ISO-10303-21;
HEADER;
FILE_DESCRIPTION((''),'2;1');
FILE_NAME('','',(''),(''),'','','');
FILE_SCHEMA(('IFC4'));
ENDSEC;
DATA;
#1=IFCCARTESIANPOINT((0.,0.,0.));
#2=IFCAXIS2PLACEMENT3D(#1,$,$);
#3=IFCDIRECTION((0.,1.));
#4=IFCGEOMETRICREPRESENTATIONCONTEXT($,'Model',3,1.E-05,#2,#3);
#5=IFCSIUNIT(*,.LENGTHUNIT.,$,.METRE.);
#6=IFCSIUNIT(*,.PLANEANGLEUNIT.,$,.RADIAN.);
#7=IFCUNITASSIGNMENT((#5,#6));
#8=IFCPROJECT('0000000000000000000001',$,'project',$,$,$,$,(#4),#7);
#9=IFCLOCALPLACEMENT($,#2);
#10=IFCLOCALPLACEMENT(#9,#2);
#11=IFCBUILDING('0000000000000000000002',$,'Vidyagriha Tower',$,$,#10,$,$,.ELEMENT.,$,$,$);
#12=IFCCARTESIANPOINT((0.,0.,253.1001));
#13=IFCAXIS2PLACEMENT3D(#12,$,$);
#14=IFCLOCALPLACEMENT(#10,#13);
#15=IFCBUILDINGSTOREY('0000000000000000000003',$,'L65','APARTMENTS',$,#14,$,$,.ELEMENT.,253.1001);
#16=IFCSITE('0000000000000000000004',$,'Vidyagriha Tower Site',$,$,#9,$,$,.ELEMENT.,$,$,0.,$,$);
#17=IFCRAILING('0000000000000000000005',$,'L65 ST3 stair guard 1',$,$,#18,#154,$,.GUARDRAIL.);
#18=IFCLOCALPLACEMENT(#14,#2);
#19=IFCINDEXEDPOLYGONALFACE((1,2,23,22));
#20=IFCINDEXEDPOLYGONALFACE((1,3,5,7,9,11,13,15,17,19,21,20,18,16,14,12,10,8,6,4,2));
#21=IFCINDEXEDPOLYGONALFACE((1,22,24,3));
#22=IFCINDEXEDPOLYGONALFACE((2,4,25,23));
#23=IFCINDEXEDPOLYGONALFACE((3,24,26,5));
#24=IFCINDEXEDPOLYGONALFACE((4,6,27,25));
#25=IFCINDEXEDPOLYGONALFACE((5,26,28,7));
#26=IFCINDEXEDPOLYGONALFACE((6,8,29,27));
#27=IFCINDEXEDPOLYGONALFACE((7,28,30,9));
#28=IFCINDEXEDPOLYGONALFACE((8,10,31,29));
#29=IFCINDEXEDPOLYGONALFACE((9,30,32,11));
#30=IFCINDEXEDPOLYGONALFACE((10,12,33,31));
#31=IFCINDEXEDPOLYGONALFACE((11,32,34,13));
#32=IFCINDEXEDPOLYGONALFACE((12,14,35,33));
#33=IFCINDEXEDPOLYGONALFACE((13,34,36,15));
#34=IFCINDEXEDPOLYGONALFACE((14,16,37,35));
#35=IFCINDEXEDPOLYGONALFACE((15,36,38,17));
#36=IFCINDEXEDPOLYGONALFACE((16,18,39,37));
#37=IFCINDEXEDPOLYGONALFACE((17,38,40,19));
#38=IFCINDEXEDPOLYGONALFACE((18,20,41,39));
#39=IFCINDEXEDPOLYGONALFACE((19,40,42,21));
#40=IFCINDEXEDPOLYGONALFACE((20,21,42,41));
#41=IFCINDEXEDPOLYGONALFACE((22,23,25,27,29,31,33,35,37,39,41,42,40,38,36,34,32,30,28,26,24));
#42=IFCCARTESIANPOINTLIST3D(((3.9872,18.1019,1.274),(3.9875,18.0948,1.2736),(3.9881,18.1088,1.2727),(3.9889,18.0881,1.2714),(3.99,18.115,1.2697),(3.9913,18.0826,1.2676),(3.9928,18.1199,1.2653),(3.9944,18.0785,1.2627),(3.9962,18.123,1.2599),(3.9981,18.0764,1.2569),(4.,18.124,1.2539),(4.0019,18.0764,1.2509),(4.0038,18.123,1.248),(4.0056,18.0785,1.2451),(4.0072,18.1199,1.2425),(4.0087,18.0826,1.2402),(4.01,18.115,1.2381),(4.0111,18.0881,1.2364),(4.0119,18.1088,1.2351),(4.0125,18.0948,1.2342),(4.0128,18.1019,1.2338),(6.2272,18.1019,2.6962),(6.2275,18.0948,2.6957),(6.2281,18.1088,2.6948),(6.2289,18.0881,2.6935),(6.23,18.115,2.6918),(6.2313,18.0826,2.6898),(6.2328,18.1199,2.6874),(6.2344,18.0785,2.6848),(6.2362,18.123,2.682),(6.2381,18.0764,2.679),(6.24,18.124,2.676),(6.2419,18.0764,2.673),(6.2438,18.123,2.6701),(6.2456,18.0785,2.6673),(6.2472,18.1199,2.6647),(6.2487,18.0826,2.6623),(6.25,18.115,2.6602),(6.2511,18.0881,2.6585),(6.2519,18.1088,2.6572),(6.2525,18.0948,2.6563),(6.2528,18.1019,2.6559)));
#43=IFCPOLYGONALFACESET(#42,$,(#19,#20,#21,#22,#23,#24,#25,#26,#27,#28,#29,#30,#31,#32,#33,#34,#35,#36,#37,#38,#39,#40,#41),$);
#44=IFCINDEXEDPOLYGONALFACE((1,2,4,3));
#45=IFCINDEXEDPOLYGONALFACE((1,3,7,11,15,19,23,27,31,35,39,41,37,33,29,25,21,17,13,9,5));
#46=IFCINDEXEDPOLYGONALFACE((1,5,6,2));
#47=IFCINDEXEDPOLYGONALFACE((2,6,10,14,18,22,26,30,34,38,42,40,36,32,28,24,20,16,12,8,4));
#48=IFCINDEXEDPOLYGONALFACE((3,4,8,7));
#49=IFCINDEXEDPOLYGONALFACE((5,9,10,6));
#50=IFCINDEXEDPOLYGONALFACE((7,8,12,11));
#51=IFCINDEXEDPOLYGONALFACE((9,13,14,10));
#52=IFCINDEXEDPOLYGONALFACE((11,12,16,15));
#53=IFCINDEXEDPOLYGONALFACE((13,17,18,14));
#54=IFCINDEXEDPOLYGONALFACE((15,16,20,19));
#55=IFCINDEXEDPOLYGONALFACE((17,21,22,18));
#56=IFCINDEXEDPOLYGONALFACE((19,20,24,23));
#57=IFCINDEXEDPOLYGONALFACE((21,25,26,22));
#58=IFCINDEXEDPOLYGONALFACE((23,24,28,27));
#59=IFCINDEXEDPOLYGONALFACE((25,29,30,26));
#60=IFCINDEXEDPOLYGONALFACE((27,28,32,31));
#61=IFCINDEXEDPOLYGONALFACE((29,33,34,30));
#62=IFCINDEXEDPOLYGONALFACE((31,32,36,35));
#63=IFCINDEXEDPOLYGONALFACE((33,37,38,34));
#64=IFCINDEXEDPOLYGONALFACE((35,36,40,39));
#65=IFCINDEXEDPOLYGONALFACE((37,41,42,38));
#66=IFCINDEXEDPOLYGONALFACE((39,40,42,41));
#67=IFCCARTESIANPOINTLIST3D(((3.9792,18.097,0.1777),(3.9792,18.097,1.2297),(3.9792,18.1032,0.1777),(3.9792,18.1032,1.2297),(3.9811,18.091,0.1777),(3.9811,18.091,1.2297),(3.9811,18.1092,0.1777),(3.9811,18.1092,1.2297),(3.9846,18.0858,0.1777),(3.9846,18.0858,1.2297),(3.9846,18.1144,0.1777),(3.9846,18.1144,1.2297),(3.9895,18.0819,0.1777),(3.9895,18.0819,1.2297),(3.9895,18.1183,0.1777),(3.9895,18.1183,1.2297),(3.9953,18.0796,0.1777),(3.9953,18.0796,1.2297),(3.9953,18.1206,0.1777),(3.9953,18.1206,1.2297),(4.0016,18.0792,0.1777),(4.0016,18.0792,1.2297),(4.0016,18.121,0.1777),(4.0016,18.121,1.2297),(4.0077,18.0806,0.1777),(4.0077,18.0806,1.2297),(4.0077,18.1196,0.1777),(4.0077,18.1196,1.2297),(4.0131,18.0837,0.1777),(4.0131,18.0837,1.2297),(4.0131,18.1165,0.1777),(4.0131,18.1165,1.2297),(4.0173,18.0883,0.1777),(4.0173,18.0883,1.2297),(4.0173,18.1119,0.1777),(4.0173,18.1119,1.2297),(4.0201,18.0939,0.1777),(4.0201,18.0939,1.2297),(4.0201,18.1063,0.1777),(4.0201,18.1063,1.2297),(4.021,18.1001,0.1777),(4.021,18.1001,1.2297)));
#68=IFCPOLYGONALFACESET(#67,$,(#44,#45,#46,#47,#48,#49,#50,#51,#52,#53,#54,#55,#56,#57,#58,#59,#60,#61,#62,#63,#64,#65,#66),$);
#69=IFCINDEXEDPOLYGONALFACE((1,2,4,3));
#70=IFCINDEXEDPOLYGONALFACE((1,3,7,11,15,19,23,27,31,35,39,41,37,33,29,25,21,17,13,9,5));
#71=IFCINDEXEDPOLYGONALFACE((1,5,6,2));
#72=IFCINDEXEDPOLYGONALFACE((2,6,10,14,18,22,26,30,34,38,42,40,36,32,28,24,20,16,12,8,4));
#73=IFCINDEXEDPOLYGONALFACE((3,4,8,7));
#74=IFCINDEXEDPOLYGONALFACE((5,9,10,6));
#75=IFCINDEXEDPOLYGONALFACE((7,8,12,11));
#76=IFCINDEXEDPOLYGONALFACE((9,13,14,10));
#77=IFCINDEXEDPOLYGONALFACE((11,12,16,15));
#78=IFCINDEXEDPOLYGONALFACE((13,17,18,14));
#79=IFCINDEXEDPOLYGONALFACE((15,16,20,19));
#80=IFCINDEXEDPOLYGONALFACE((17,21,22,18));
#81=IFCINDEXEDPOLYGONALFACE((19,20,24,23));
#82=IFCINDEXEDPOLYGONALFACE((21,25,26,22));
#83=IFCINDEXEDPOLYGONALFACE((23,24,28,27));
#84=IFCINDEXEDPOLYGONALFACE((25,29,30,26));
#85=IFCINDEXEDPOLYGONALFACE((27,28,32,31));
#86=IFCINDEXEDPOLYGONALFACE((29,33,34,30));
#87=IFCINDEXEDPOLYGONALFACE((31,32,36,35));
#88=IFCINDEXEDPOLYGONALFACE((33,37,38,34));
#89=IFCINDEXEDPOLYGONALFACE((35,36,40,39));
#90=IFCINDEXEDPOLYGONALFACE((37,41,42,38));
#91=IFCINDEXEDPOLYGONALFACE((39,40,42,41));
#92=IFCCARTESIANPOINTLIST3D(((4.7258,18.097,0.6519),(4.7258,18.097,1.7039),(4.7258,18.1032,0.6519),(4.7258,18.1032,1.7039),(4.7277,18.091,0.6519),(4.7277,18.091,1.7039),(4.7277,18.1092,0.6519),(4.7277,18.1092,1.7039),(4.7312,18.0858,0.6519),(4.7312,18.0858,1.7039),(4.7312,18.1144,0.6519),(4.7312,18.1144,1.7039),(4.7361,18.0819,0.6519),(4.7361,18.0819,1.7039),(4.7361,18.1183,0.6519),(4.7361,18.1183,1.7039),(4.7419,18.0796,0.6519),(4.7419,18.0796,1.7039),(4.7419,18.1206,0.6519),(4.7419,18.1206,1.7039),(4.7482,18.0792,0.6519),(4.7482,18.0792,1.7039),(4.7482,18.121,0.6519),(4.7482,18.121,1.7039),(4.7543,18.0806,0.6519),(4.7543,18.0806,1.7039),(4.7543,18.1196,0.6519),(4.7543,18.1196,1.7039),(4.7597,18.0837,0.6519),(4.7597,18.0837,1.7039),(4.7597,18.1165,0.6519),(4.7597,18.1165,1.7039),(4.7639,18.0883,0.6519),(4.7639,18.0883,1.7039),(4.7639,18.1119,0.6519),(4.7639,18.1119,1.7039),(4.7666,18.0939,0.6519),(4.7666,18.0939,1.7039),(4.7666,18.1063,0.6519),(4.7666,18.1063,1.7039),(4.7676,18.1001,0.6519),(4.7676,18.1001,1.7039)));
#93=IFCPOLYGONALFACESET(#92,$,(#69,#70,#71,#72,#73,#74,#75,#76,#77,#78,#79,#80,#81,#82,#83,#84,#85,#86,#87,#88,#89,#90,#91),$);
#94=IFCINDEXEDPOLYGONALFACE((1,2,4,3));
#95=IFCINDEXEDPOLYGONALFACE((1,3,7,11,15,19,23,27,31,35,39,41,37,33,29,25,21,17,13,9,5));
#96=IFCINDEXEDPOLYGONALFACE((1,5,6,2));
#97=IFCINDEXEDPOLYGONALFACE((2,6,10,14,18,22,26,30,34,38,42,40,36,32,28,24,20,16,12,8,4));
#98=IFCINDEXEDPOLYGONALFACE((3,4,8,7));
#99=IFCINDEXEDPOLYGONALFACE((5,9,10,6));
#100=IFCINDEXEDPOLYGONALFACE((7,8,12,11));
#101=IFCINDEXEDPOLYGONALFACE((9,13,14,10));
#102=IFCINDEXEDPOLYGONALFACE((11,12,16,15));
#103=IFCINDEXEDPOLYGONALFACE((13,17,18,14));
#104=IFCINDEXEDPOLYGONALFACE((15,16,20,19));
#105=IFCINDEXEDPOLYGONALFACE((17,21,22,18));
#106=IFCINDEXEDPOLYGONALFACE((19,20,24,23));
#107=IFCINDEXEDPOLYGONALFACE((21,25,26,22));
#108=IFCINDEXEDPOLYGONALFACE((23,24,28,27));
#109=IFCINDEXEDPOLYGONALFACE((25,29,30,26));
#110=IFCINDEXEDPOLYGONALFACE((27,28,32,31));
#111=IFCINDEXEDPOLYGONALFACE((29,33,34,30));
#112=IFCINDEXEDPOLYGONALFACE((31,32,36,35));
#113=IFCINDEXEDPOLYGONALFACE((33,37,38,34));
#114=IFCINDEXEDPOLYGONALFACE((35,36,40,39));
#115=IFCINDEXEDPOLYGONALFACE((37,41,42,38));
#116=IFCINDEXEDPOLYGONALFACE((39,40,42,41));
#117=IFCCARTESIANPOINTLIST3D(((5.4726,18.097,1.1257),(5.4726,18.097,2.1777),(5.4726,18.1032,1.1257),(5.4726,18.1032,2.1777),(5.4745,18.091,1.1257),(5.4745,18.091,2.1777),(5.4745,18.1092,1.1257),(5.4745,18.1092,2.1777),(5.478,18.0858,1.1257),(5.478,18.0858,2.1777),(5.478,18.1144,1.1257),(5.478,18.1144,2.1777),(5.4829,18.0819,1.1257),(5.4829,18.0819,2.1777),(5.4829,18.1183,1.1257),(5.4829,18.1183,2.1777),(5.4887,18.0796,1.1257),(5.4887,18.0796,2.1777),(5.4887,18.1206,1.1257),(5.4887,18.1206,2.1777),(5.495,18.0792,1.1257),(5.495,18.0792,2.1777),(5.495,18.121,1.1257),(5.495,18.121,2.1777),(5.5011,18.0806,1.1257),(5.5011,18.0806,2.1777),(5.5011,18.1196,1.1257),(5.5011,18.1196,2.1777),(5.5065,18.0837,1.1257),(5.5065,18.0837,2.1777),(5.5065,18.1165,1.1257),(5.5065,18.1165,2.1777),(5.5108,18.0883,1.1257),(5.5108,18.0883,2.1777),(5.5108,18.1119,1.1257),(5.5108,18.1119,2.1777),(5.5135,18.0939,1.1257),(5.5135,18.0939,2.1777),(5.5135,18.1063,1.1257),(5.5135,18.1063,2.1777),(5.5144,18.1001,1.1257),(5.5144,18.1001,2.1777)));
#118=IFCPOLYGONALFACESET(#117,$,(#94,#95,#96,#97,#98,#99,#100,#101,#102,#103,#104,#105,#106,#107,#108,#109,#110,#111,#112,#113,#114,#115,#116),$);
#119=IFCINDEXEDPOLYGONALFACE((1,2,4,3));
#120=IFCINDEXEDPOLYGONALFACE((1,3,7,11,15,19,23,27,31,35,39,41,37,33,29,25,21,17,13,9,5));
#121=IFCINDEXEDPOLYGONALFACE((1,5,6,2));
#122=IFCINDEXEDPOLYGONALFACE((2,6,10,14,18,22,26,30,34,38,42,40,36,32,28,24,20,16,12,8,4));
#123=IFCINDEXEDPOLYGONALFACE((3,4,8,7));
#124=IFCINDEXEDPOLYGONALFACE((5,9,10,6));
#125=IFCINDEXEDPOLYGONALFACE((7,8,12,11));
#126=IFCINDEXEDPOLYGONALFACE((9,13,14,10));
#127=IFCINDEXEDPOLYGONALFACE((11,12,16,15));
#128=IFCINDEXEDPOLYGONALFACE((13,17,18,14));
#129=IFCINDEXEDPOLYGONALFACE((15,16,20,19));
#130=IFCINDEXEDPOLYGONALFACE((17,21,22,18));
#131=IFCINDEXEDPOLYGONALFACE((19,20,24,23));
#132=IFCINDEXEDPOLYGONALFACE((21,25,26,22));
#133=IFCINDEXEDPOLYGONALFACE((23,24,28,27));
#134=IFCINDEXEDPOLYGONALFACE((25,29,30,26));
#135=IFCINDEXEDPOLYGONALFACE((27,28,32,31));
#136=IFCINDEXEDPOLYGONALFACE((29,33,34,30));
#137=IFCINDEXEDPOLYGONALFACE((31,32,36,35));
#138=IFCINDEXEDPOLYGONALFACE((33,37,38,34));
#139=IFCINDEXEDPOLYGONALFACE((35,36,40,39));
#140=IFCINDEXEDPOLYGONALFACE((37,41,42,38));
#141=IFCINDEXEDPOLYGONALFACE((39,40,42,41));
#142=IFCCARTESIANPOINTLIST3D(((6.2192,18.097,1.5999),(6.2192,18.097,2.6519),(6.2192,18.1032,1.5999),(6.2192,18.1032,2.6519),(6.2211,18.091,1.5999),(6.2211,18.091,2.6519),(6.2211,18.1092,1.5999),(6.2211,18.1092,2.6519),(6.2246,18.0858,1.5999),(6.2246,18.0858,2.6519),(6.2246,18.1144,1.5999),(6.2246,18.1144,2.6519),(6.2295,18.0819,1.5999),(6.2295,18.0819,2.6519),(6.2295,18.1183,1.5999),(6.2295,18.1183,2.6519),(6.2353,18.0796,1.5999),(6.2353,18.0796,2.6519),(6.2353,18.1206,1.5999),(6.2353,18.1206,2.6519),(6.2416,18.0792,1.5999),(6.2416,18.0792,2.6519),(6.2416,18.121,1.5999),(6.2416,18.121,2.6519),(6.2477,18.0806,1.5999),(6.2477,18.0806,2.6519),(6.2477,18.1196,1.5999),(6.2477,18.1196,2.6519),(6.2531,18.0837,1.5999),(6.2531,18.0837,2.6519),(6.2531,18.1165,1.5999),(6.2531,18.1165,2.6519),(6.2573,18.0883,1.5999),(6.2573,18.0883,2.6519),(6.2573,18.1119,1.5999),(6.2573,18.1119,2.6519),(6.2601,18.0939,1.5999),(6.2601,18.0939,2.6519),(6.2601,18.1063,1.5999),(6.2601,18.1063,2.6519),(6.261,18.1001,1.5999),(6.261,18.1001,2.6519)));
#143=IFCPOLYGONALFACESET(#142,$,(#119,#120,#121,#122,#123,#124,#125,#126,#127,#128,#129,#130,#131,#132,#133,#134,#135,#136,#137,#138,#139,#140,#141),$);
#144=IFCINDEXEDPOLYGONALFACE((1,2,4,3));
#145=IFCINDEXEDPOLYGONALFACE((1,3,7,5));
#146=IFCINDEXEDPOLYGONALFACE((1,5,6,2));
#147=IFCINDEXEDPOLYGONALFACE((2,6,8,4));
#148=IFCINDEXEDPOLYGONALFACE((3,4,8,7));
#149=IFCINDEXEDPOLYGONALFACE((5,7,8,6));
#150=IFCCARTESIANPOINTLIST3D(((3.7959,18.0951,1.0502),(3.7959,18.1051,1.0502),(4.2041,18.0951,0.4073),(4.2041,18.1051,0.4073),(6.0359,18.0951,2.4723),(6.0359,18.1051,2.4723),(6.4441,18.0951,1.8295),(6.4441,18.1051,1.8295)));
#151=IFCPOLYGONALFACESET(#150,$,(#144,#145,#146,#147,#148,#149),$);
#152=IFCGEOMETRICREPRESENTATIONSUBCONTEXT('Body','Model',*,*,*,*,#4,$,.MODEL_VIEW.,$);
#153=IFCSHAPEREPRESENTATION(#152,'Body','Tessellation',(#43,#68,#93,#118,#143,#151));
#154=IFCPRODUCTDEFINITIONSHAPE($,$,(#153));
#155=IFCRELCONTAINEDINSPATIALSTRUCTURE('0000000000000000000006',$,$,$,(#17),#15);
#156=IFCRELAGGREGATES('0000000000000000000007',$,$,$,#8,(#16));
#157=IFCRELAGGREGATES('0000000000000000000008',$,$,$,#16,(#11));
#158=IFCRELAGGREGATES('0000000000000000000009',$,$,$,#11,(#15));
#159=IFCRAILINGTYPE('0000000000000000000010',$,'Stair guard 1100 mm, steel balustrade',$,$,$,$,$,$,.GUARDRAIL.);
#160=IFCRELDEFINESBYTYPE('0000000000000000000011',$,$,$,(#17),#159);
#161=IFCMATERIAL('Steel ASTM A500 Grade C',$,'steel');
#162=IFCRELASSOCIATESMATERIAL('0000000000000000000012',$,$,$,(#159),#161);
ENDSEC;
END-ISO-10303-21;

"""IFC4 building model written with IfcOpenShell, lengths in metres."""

from ifc_helpers import new_model, si_unit, direction, frame, origin, origin_2d, place, context, subcontext, project, spatial, rectangle, circle, extrude, material, type_object, element, save


model = new_model("IFC4")

# Units and contexts
model_context = context("Model", 3, precision=1e-05, world=origin(), true_north=direction((0.0, 1.0)))
body_context = subcontext(model_context, "Body", "Model", "MODEL_VIEW")
ifc_project = project(units=[si_unit("LENGTHUNIT", "METRE"), si_unit("PLANEANGLEUNIT", "RADIAN")], contexts=[model_context])

# Site, building, storey
site_placement = place(None, origin())
site = spatial("IfcSite", under=ifc_project, at=site_placement, Name="Vidyagriha Tower Site", CompositionType="ELEMENT", RefElevation=0.0)
building_placement = place(site_placement, origin())
building = spatial("IfcBuilding", under=site, at=building_placement, Name="Vidyagriha Tower", CompositionType="ELEMENT")
storey_placement = place(building_placement, frame((0.0, 0.0, 253.1001)))
storey = spatial("IfcBuildingStorey", under=building, at=storey_placement, Name="L65", Description="APARTMENTS", CompositionType="ELEMENT", Elevation=253.1001)

# Railing
ifc_material_1 = material(Name="Steel ASTM A500 Grade C", Category="steel")
railing_type_1 = type_object("IfcRailingType", Name="Stair guard 1100 mm, steel balustrade", PredefinedType="GUARDRAIL", material=ifc_material_1)
railing_1_placement = place(storey_placement, frame((4.0, 18.1001, 0.1777)))
element("IfcRailing", 1, at=railing_1_placement, inside=storey, type_object=railing_type_1, Name="L65 ST3 stair guard 1", PredefinedType="GUARDRAIL", context=body_context, shape_type="SweptSolid", body=[
    extrude(circle(Radius=0.0239, at=origin_2d()), frame((0.0, 0.0, 1.0762), z_axis=(0.844229, 0.0, 0.535982), x_axis=(0.0, 1.0, 0.0)), (0.0, 0.0, 1.0), 2.6533),
    extrude(circle(Radius=0.021, at=origin_2d()), origin(), (0.0, 0.0, 1.0), 1.052),
    extrude(circle(Radius=0.021, at=origin_2d()), frame((0.7466, 0.0, 0.4741)), (0.0, 0.0, 1.0), 1.052),
    extrude(circle(Radius=0.021, at=origin_2d()), frame((1.4934, 0.0, 0.948)), (0.0, 0.0, 1.0), 1.052),
    extrude(circle(Radius=0.021, at=origin_2d()), frame((2.24, 0.0, 1.4221)), (0.0, 0.0, 1.0), 1.052),
    extrude(rectangle(XDim=0.01, YDim=0.7615, at=origin_2d()), frame((0.0, 0.0, 0.551), z_axis=(0.844229, 0.0, 0.535982), x_axis=(0.0, 1.0, 0.0)), (0.0, 0.0, 1.0), 2.6533),
])

save(model, "model.ifc")
